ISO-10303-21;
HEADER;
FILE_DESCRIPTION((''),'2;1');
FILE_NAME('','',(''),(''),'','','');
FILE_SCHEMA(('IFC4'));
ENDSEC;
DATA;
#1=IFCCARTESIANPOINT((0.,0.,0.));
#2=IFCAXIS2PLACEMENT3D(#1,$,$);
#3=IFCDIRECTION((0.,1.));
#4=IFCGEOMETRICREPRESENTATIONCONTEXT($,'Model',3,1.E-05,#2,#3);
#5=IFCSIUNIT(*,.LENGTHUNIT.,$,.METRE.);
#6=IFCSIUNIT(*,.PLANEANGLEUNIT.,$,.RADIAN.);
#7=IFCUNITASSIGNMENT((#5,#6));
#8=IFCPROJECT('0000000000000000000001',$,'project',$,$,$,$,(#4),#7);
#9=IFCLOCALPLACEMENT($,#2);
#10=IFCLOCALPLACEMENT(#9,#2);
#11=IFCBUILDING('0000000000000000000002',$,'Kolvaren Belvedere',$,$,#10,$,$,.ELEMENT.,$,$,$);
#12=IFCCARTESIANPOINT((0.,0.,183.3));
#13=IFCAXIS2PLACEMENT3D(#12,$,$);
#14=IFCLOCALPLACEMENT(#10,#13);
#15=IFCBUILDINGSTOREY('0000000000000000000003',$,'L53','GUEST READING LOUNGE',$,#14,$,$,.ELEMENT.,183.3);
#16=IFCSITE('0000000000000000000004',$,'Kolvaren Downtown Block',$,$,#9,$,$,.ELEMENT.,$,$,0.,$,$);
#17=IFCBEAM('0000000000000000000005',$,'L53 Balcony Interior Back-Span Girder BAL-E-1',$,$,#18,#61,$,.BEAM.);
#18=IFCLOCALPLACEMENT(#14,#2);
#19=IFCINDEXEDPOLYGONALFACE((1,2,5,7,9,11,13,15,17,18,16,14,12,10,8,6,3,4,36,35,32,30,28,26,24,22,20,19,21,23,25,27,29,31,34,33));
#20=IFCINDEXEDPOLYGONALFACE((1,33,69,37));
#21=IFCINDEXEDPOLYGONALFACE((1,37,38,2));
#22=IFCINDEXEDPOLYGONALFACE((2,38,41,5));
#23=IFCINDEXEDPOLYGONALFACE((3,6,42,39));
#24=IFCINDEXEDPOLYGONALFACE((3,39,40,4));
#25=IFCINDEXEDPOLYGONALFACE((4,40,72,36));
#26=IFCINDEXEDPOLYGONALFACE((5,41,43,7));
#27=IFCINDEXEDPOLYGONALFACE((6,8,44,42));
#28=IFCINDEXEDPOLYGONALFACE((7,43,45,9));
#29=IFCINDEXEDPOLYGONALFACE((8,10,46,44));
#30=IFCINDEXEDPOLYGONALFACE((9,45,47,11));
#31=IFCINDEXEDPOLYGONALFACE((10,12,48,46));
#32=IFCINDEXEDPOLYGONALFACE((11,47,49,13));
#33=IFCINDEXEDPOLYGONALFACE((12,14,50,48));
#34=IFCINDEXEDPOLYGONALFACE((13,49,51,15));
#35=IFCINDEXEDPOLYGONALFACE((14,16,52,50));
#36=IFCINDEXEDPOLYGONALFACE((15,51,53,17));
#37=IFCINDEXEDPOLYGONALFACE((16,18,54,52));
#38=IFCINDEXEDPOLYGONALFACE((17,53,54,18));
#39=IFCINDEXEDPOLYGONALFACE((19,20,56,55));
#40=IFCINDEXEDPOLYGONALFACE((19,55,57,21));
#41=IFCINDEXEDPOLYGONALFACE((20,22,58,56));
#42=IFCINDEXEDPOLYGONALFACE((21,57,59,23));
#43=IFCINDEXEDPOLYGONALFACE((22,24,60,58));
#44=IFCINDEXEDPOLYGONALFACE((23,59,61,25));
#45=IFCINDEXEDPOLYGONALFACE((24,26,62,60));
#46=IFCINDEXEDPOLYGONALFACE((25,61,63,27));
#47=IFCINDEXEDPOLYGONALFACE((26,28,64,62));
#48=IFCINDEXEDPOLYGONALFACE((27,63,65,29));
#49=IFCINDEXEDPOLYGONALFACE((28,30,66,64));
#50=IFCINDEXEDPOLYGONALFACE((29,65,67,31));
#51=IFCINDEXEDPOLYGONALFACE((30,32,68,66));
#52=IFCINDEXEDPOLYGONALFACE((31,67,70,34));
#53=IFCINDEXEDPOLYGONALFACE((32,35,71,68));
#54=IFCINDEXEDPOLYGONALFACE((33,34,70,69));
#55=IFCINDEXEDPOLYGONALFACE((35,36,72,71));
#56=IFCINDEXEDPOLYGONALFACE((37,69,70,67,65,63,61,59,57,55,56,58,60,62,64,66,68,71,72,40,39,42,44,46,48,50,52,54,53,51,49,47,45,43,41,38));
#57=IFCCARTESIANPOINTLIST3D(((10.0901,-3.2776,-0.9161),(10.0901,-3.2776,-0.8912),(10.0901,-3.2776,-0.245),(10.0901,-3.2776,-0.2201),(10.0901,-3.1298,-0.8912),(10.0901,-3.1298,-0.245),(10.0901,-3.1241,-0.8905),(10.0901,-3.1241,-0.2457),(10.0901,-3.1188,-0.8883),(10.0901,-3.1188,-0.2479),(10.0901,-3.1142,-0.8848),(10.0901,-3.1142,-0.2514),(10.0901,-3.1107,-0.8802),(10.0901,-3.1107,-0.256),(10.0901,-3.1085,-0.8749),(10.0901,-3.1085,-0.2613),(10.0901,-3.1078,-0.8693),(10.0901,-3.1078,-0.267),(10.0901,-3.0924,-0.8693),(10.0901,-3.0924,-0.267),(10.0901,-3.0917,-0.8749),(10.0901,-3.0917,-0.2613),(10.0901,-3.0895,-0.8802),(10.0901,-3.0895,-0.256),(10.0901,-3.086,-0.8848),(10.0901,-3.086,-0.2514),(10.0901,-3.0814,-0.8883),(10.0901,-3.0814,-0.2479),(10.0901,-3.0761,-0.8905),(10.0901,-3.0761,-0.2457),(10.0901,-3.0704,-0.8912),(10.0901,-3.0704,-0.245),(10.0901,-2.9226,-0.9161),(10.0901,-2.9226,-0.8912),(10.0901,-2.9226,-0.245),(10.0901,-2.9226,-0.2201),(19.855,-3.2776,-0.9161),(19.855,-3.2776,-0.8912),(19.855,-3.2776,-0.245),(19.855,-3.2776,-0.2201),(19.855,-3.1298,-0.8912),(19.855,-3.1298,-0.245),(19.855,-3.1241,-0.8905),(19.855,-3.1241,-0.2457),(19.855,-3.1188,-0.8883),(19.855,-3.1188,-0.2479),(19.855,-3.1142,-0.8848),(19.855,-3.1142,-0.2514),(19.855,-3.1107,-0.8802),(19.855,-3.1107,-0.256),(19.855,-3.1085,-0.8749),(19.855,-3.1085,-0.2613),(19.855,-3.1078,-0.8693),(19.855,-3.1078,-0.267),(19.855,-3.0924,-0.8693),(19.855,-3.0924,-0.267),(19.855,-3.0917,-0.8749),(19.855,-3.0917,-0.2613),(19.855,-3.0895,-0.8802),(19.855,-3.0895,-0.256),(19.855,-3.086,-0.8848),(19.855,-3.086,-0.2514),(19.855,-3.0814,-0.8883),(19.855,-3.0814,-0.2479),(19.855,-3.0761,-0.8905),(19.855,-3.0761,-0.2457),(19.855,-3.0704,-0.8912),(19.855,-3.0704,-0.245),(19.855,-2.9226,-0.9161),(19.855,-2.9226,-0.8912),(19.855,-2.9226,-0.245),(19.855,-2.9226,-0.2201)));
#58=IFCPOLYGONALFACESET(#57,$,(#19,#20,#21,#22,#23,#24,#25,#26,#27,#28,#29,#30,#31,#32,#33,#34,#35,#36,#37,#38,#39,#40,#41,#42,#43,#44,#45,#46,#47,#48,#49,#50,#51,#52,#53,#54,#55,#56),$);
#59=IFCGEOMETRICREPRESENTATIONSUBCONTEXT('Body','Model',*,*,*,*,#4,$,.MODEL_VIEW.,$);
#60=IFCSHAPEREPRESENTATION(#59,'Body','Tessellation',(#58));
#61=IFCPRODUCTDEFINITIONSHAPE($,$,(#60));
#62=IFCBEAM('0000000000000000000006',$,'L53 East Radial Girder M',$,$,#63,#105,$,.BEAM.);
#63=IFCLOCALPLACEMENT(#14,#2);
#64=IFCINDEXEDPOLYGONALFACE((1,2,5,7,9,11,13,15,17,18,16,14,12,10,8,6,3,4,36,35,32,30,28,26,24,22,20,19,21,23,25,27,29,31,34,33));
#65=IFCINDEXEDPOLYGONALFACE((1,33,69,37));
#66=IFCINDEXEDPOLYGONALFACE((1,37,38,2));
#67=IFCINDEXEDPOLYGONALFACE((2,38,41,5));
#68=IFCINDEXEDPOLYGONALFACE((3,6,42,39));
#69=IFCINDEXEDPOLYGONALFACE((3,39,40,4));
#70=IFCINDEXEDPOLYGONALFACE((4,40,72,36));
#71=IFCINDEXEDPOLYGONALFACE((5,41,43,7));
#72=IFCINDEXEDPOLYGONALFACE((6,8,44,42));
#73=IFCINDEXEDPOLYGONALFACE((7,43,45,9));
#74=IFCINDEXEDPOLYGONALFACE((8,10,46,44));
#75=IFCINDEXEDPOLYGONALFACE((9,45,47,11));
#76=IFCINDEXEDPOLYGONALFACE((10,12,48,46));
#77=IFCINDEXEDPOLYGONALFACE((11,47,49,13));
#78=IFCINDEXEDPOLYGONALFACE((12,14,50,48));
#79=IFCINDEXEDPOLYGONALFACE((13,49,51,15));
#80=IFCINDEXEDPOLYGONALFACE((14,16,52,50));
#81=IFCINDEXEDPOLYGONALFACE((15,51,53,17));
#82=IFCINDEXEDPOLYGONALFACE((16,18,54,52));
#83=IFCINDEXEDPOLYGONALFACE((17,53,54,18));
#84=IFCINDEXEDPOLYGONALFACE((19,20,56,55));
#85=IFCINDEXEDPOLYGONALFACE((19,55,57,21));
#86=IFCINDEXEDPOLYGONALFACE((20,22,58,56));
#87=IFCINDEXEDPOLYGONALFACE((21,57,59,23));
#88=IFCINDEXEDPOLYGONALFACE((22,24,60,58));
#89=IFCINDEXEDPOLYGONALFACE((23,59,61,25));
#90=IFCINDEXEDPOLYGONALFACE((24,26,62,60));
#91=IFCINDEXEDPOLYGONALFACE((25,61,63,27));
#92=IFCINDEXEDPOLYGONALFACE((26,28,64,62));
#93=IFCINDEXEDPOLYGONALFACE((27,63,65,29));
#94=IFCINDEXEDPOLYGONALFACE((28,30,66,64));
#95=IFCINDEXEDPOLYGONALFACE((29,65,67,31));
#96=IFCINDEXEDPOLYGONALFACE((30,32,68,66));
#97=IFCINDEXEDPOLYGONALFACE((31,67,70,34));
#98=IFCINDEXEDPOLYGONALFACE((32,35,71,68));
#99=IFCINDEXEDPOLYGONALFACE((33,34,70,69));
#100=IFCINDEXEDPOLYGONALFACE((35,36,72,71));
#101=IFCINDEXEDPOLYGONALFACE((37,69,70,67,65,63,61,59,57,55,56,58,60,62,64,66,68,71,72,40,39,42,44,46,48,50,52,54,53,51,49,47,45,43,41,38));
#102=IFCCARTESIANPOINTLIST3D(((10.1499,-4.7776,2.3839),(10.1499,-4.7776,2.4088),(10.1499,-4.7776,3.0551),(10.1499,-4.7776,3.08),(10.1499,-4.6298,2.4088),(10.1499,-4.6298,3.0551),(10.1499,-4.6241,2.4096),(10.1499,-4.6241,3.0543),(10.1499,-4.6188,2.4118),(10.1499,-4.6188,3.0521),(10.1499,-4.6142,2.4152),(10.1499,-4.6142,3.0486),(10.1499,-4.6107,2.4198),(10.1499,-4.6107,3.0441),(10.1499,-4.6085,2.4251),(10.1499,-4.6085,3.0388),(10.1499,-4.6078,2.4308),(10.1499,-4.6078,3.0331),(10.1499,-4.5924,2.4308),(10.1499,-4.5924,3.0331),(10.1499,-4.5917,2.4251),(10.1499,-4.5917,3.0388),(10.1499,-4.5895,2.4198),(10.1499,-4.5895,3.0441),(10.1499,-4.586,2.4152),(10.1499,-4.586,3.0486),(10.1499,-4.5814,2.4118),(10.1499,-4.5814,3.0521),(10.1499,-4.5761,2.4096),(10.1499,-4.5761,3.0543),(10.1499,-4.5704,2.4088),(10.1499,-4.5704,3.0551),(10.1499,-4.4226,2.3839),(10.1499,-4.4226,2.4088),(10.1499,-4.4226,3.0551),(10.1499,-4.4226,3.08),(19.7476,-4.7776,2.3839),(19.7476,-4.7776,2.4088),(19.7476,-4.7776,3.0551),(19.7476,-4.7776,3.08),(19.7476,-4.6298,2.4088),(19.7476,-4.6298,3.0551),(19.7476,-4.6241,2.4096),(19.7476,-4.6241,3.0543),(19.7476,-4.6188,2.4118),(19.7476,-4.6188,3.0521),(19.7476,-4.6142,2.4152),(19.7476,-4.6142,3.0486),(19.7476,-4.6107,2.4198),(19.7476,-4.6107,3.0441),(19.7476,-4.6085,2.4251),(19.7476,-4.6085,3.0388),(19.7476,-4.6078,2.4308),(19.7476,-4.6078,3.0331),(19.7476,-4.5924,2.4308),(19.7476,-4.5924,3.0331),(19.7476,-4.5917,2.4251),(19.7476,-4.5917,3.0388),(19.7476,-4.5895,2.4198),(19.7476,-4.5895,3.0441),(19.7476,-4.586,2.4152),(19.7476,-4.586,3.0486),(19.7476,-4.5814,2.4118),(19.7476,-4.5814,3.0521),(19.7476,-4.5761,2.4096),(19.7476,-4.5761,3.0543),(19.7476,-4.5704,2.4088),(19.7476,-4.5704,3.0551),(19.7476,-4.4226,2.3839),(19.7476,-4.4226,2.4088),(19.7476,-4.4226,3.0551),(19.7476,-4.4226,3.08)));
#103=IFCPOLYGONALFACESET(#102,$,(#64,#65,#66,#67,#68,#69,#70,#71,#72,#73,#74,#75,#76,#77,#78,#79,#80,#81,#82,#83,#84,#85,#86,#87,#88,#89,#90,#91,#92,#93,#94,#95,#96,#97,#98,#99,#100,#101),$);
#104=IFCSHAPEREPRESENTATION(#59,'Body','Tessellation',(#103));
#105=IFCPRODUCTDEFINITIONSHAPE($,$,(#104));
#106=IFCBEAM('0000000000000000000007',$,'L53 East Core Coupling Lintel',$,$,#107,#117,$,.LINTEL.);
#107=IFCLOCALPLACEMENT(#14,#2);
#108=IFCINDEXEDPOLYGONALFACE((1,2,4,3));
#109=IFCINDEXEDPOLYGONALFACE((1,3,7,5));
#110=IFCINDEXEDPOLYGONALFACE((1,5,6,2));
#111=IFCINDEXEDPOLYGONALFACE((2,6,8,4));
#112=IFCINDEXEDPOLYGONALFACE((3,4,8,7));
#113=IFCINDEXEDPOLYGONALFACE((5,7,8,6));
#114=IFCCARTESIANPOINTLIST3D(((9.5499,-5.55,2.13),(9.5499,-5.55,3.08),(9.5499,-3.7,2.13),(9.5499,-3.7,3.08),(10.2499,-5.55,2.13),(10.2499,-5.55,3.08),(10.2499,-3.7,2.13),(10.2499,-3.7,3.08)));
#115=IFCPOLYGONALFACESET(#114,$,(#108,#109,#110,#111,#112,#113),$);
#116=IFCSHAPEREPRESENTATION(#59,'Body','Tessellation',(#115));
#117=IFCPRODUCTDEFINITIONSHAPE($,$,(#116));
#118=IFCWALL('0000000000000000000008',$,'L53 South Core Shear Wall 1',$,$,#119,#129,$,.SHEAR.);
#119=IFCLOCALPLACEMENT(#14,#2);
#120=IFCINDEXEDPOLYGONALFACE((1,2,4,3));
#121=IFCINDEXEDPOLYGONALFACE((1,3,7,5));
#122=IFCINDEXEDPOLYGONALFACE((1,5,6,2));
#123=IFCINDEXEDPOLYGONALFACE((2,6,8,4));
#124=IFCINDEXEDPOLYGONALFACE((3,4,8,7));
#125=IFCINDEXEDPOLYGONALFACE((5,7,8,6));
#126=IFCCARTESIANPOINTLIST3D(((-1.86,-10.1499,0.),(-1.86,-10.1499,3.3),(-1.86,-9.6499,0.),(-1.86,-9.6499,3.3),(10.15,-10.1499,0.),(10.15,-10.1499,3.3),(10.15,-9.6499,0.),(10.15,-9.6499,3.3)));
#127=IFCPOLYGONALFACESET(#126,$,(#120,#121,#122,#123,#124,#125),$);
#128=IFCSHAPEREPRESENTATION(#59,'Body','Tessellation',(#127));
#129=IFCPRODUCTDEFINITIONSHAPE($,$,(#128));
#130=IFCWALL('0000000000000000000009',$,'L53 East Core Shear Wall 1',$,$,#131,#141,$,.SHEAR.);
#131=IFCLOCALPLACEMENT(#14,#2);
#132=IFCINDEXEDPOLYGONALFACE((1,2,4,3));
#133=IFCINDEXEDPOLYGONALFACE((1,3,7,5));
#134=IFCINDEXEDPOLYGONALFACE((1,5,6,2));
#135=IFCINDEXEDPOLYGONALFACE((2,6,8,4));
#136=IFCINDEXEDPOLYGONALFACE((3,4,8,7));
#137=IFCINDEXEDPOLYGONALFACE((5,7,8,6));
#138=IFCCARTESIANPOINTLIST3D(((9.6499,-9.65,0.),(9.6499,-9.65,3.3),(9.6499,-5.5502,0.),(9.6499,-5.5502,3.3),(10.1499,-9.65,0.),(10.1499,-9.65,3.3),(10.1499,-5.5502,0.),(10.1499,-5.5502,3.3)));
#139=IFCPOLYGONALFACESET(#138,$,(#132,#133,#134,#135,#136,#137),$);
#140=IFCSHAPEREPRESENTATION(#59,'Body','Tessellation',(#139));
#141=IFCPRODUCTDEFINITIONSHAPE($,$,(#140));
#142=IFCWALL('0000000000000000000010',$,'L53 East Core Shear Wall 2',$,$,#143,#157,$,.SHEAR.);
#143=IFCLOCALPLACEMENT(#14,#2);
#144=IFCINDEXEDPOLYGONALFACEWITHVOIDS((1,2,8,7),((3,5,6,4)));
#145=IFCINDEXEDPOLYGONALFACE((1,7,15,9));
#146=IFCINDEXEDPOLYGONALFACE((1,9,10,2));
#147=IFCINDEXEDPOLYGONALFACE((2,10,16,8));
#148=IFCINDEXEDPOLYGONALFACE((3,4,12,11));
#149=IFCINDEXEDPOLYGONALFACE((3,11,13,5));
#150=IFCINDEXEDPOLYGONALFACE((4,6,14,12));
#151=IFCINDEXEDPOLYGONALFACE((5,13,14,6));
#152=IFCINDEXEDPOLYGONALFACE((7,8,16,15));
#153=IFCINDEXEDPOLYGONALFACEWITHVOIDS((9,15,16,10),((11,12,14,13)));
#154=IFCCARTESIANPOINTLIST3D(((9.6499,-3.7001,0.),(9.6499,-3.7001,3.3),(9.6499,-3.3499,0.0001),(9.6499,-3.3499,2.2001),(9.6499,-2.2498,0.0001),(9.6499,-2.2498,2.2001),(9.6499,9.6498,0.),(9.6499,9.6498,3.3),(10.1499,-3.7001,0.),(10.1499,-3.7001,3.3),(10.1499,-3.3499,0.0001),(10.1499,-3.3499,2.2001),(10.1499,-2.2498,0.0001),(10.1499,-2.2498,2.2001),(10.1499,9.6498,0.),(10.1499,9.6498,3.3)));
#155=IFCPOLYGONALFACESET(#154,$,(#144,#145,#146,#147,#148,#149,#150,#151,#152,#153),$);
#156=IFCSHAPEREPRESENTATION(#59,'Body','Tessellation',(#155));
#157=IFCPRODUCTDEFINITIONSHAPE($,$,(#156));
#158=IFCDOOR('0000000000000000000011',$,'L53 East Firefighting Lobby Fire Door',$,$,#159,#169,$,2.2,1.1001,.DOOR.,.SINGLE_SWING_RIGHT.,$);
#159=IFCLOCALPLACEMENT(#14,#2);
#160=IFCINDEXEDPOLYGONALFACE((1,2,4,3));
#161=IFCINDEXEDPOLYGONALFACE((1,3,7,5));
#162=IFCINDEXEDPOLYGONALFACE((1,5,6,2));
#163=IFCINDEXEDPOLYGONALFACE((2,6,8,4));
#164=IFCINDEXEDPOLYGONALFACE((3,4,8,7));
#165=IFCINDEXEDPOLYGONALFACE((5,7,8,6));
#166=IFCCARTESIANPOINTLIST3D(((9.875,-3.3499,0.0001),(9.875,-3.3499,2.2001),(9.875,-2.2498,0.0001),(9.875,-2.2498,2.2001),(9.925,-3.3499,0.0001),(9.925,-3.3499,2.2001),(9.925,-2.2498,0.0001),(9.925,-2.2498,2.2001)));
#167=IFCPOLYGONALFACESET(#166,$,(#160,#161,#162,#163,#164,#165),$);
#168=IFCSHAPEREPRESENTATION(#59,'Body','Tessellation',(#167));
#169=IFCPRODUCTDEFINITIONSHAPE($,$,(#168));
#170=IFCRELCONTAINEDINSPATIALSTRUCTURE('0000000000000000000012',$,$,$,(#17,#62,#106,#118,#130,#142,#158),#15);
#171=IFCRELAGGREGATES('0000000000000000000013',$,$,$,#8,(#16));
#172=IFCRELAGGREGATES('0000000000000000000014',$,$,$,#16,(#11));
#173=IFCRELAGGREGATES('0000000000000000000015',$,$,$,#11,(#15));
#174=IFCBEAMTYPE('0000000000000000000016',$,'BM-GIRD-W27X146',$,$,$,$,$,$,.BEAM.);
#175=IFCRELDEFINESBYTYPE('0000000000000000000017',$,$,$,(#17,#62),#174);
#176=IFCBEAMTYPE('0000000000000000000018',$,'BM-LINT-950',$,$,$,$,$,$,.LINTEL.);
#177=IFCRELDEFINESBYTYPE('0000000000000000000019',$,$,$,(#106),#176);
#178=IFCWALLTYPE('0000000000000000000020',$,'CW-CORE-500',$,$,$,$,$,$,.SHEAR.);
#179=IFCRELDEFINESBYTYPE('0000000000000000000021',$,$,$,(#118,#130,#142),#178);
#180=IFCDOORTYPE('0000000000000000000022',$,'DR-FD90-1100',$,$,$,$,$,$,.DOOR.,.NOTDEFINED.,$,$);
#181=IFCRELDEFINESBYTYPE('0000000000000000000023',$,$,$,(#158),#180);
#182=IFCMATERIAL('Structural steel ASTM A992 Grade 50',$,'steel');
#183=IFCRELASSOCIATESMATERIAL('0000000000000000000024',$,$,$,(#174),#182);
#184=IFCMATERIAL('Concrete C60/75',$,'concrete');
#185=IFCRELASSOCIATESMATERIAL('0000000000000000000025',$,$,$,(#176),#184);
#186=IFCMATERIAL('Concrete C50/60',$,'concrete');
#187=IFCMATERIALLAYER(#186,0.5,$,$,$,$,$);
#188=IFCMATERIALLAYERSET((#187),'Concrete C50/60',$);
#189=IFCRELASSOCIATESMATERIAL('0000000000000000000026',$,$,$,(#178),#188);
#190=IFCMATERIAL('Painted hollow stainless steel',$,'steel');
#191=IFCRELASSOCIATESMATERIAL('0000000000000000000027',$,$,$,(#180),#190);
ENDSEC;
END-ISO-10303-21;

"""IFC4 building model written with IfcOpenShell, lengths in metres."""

from ifc_helpers import new_model, si_unit, direction, frame, frame_2d, origin, origin_2d, place, context, subcontext, project, spatial, rectangle, i_section, extrude, material, layer, layer_set, material_profile, profile_set, type_object, element, fill, save


model = new_model("IFC4")

# Units and contexts
model_context = context("Model", 3, precision=1e-05, world=origin(), true_north=direction((0.0, 1.0)))
body_context = subcontext(model_context, "Body", "Model", "MODEL_VIEW")
ifc_project = project(units=[si_unit("LENGTHUNIT", "METRE"), si_unit("PLANEANGLEUNIT", "RADIAN")], contexts=[model_context])

# Site, building, storey
site_placement = place(None, origin())
site = spatial("IfcSite", under=ifc_project, at=site_placement, Name="Kolvaren Downtown Block", CompositionType="ELEMENT", RefElevation=0.0)
building_placement = place(site_placement, origin())
building = spatial("IfcBuilding", under=site, at=building_placement, Name="Kolvaren Belvedere", CompositionType="ELEMENT")
storey_placement = place(building_placement, frame((0.0, 0.0, 183.3)))
storey = spatial("IfcBuildingStorey", under=building, at=storey_placement, Name="L53", Description="GUEST READING LOUNGE", CompositionType="ELEMENT", Elevation=183.3)

# Beams
ifc_material_1 = material(Name="Structural steel ASTM A992 Grade 50", Category="steel")
ifc_material_profile_1 = material_profile(ifc_material_1, i_section(OverallWidth=0.355, OverallDepth=0.696, WebThickness=0.0154, FlangeThickness=0.0249, FilletRadius=0.022, at=origin_2d()), Name="W27X146")
ifc_profile_set_1 = profile_set([ifc_material_profile_1], Name="Structural steel ASTM A992 Grade 50")
beam_type_1 = type_object("IfcBeamType", Name="BM-GIRD-W27X146", PredefinedType="BEAM", material=ifc_profile_set_1)
beam_1_placement = place(storey_placement, frame((10.0901, -3.1001, -0.5681), z_axis=(1.0, 0.0, 0.0), x_axis=(0.0, 1.0, 0.0)))
element("IfcBeam", 1, at=beam_1_placement, inside=storey, type_object=beam_type_1, Name="L53 Balcony Interior Back-Span Girder BAL-E-1", PredefinedType="BEAM", context=body_context, shape_type="SweptSolid", body=[
    extrude(i_section(OverallWidth=0.355, OverallDepth=0.696, WebThickness=0.0154, FlangeThickness=0.0249, FilletRadius=0.022, at=origin_2d()), origin(), (0.0, 0.0, 1.0), 9.7649),
])
beam_2_placement = place(storey_placement, frame((10.1499, -4.6001, 2.7319), z_axis=(1.0, 0.0, 0.0), x_axis=(0.0, 1.0, 0.0)))
element("IfcBeam", 2, at=beam_2_placement, inside=storey, type_object=beam_type_1, Name="L53 East Radial Girder M", PredefinedType="BEAM", context=body_context, shape_type="SweptSolid", body=[
    extrude(i_section(OverallWidth=0.355, OverallDepth=0.696, WebThickness=0.0154, FlangeThickness=0.0249, FilletRadius=0.022, at=origin_2d()), origin(), (0.0, 0.0, 1.0), 9.5977),
])
ifc_material_2 = material(Name="Concrete C60/75", Category="concrete")
ifc_material_profile_2 = material_profile(ifc_material_2, rectangle(XDim=0.7, YDim=0.95, at=origin_2d()), Name="RC 700X950")
ifc_profile_set_2 = profile_set([ifc_material_profile_2], Name="Concrete C60/75")
beam_type_2 = type_object("IfcBeamType", Name="BM-LINT-950", PredefinedType="LINTEL", material=ifc_profile_set_2)
beam_3_placement = place(storey_placement, frame((9.8999, -5.55, 2.605), z_axis=(0.0, 1.0, 0.0), x_axis=(-1.0, 0.0, 0.0)))
element("IfcBeam", 3, at=beam_3_placement, inside=storey, type_object=beam_type_2, Name="L53 East Core Coupling Lintel", PredefinedType="LINTEL", context=body_context, shape_type="SweptSolid", body=[
    extrude(rectangle(XDim=0.7, YDim=0.95, at=origin_2d()), origin(), (0.0, 0.0, 1.0), 1.8501),
])

# Walls
ifc_material_3 = material(Name="Concrete C50/60", Category="concrete")
ifc_layer_1 = layer(ifc_material_3, 0.5)
ifc_layer_set_1 = layer_set([ifc_layer_1], Name="Concrete C50/60")
wall_type_1 = type_object("IfcWallType", Name="CW-CORE-500", PredefinedType="SHEAR", material=ifc_layer_set_1)
wall_1_placement = place(storey_placement, frame((10.1499, -9.8999, 0.0), z_axis=(0.0, 0.0, 1.0), x_axis=(-1.0, 0.0, 0.0)))
element("IfcWall", 4, at=wall_1_placement, inside=storey, type_object=wall_type_1, Name="L53 South Core Shear Wall 1", PredefinedType="SHEAR", context=body_context, shape_type="SweptSolid", body=[
    extrude(rectangle(XDim=12.01, YDim=0.5, at=frame_2d((6.0049, 0.0))), origin(), (0.0, 0.0, 1.0), 3.3),
])
wall_2_placement = place(storey_placement, frame((9.8999, -9.6499, 0.0), z_axis=(0.0, 0.0, 1.0), x_axis=(0.0, 1.0, 0.0)))
element("IfcWall", 5, at=wall_2_placement, inside=storey, type_object=wall_type_1, Name="L53 East Core Shear Wall 1", PredefinedType="SHEAR", context=body_context, shape_type="SweptSolid", body=[
    extrude(rectangle(XDim=4.0999, YDim=0.5, at=frame_2d((2.0498, 0.0))), origin(), (0.0, 0.0, 1.0), 3.3),
])

# Wall, opening, door
wall_3_placement = place(storey_placement, frame((9.8999, -3.7, 0.0), z_axis=(0.0, 0.0, 1.0), x_axis=(0.0, 1.0, 0.0)))
wall_3 = element("IfcWall", 6, at=wall_3_placement, inside=storey, type_object=wall_type_1, Name="L53 East Core Shear Wall 2", PredefinedType="SHEAR", context=body_context, shape_type="SweptSolid", body=[
    extrude(rectangle(XDim=13.3499, YDim=0.5, at=frame_2d((6.6748, 0.0))), origin(), (0.0, 0.0, 1.0), 3.3),
])
opening_1_placement = place(wall_3_placement, frame((0.3501, 0.0, 0.0)))
opening_1 = element("IfcOpeningElement", 7, at=opening_1_placement, cuts=wall_3, PredefinedType="OPENING", context=body_context, shape_type="SweptSolid", body=[
    extrude(rectangle(XDim=1.1001, YDim=2.2, at=frame_2d((0.55, 1.1001))), frame((0.0, 0.26, 0.0), z_axis=(0.0, -1.0, 0.0), x_axis=(1.0, 0.0, 0.0)), (0.0, 0.0, 1.0), 0.52),
])
ifc_material_4 = material(Name="Painted hollow stainless steel", Category="steel")
door_type_1 = type_object("IfcDoorType", Name="DR-FD90-1100", OperationType="NOTDEFINED", PredefinedType="DOOR", material=ifc_material_4)
door_1_placement = place(opening_1_placement, origin())
door_1 = element("IfcDoor", 8, at=door_1_placement, inside=storey, type_object=door_type_1, Name="L53 East Firefighting Lobby Fire Door", OperationType="SINGLE_SWING_RIGHT", OverallHeight=2.2, OverallWidth=1.1001, PredefinedType="DOOR", context=body_context, shape_type="SweptSolid", body=[
    extrude(rectangle(XDim=1.1001, YDim=2.2, at=frame_2d((0.55, 1.1001))), frame((0.0, 0.0249, 0.0), z_axis=(0.0, -1.0, 0.0), x_axis=(1.0, 0.0, 0.0)), (0.0, 0.0, 1.0), 0.05),
])
fill(opening_1, door_1)

save(model, "model.ifc")
